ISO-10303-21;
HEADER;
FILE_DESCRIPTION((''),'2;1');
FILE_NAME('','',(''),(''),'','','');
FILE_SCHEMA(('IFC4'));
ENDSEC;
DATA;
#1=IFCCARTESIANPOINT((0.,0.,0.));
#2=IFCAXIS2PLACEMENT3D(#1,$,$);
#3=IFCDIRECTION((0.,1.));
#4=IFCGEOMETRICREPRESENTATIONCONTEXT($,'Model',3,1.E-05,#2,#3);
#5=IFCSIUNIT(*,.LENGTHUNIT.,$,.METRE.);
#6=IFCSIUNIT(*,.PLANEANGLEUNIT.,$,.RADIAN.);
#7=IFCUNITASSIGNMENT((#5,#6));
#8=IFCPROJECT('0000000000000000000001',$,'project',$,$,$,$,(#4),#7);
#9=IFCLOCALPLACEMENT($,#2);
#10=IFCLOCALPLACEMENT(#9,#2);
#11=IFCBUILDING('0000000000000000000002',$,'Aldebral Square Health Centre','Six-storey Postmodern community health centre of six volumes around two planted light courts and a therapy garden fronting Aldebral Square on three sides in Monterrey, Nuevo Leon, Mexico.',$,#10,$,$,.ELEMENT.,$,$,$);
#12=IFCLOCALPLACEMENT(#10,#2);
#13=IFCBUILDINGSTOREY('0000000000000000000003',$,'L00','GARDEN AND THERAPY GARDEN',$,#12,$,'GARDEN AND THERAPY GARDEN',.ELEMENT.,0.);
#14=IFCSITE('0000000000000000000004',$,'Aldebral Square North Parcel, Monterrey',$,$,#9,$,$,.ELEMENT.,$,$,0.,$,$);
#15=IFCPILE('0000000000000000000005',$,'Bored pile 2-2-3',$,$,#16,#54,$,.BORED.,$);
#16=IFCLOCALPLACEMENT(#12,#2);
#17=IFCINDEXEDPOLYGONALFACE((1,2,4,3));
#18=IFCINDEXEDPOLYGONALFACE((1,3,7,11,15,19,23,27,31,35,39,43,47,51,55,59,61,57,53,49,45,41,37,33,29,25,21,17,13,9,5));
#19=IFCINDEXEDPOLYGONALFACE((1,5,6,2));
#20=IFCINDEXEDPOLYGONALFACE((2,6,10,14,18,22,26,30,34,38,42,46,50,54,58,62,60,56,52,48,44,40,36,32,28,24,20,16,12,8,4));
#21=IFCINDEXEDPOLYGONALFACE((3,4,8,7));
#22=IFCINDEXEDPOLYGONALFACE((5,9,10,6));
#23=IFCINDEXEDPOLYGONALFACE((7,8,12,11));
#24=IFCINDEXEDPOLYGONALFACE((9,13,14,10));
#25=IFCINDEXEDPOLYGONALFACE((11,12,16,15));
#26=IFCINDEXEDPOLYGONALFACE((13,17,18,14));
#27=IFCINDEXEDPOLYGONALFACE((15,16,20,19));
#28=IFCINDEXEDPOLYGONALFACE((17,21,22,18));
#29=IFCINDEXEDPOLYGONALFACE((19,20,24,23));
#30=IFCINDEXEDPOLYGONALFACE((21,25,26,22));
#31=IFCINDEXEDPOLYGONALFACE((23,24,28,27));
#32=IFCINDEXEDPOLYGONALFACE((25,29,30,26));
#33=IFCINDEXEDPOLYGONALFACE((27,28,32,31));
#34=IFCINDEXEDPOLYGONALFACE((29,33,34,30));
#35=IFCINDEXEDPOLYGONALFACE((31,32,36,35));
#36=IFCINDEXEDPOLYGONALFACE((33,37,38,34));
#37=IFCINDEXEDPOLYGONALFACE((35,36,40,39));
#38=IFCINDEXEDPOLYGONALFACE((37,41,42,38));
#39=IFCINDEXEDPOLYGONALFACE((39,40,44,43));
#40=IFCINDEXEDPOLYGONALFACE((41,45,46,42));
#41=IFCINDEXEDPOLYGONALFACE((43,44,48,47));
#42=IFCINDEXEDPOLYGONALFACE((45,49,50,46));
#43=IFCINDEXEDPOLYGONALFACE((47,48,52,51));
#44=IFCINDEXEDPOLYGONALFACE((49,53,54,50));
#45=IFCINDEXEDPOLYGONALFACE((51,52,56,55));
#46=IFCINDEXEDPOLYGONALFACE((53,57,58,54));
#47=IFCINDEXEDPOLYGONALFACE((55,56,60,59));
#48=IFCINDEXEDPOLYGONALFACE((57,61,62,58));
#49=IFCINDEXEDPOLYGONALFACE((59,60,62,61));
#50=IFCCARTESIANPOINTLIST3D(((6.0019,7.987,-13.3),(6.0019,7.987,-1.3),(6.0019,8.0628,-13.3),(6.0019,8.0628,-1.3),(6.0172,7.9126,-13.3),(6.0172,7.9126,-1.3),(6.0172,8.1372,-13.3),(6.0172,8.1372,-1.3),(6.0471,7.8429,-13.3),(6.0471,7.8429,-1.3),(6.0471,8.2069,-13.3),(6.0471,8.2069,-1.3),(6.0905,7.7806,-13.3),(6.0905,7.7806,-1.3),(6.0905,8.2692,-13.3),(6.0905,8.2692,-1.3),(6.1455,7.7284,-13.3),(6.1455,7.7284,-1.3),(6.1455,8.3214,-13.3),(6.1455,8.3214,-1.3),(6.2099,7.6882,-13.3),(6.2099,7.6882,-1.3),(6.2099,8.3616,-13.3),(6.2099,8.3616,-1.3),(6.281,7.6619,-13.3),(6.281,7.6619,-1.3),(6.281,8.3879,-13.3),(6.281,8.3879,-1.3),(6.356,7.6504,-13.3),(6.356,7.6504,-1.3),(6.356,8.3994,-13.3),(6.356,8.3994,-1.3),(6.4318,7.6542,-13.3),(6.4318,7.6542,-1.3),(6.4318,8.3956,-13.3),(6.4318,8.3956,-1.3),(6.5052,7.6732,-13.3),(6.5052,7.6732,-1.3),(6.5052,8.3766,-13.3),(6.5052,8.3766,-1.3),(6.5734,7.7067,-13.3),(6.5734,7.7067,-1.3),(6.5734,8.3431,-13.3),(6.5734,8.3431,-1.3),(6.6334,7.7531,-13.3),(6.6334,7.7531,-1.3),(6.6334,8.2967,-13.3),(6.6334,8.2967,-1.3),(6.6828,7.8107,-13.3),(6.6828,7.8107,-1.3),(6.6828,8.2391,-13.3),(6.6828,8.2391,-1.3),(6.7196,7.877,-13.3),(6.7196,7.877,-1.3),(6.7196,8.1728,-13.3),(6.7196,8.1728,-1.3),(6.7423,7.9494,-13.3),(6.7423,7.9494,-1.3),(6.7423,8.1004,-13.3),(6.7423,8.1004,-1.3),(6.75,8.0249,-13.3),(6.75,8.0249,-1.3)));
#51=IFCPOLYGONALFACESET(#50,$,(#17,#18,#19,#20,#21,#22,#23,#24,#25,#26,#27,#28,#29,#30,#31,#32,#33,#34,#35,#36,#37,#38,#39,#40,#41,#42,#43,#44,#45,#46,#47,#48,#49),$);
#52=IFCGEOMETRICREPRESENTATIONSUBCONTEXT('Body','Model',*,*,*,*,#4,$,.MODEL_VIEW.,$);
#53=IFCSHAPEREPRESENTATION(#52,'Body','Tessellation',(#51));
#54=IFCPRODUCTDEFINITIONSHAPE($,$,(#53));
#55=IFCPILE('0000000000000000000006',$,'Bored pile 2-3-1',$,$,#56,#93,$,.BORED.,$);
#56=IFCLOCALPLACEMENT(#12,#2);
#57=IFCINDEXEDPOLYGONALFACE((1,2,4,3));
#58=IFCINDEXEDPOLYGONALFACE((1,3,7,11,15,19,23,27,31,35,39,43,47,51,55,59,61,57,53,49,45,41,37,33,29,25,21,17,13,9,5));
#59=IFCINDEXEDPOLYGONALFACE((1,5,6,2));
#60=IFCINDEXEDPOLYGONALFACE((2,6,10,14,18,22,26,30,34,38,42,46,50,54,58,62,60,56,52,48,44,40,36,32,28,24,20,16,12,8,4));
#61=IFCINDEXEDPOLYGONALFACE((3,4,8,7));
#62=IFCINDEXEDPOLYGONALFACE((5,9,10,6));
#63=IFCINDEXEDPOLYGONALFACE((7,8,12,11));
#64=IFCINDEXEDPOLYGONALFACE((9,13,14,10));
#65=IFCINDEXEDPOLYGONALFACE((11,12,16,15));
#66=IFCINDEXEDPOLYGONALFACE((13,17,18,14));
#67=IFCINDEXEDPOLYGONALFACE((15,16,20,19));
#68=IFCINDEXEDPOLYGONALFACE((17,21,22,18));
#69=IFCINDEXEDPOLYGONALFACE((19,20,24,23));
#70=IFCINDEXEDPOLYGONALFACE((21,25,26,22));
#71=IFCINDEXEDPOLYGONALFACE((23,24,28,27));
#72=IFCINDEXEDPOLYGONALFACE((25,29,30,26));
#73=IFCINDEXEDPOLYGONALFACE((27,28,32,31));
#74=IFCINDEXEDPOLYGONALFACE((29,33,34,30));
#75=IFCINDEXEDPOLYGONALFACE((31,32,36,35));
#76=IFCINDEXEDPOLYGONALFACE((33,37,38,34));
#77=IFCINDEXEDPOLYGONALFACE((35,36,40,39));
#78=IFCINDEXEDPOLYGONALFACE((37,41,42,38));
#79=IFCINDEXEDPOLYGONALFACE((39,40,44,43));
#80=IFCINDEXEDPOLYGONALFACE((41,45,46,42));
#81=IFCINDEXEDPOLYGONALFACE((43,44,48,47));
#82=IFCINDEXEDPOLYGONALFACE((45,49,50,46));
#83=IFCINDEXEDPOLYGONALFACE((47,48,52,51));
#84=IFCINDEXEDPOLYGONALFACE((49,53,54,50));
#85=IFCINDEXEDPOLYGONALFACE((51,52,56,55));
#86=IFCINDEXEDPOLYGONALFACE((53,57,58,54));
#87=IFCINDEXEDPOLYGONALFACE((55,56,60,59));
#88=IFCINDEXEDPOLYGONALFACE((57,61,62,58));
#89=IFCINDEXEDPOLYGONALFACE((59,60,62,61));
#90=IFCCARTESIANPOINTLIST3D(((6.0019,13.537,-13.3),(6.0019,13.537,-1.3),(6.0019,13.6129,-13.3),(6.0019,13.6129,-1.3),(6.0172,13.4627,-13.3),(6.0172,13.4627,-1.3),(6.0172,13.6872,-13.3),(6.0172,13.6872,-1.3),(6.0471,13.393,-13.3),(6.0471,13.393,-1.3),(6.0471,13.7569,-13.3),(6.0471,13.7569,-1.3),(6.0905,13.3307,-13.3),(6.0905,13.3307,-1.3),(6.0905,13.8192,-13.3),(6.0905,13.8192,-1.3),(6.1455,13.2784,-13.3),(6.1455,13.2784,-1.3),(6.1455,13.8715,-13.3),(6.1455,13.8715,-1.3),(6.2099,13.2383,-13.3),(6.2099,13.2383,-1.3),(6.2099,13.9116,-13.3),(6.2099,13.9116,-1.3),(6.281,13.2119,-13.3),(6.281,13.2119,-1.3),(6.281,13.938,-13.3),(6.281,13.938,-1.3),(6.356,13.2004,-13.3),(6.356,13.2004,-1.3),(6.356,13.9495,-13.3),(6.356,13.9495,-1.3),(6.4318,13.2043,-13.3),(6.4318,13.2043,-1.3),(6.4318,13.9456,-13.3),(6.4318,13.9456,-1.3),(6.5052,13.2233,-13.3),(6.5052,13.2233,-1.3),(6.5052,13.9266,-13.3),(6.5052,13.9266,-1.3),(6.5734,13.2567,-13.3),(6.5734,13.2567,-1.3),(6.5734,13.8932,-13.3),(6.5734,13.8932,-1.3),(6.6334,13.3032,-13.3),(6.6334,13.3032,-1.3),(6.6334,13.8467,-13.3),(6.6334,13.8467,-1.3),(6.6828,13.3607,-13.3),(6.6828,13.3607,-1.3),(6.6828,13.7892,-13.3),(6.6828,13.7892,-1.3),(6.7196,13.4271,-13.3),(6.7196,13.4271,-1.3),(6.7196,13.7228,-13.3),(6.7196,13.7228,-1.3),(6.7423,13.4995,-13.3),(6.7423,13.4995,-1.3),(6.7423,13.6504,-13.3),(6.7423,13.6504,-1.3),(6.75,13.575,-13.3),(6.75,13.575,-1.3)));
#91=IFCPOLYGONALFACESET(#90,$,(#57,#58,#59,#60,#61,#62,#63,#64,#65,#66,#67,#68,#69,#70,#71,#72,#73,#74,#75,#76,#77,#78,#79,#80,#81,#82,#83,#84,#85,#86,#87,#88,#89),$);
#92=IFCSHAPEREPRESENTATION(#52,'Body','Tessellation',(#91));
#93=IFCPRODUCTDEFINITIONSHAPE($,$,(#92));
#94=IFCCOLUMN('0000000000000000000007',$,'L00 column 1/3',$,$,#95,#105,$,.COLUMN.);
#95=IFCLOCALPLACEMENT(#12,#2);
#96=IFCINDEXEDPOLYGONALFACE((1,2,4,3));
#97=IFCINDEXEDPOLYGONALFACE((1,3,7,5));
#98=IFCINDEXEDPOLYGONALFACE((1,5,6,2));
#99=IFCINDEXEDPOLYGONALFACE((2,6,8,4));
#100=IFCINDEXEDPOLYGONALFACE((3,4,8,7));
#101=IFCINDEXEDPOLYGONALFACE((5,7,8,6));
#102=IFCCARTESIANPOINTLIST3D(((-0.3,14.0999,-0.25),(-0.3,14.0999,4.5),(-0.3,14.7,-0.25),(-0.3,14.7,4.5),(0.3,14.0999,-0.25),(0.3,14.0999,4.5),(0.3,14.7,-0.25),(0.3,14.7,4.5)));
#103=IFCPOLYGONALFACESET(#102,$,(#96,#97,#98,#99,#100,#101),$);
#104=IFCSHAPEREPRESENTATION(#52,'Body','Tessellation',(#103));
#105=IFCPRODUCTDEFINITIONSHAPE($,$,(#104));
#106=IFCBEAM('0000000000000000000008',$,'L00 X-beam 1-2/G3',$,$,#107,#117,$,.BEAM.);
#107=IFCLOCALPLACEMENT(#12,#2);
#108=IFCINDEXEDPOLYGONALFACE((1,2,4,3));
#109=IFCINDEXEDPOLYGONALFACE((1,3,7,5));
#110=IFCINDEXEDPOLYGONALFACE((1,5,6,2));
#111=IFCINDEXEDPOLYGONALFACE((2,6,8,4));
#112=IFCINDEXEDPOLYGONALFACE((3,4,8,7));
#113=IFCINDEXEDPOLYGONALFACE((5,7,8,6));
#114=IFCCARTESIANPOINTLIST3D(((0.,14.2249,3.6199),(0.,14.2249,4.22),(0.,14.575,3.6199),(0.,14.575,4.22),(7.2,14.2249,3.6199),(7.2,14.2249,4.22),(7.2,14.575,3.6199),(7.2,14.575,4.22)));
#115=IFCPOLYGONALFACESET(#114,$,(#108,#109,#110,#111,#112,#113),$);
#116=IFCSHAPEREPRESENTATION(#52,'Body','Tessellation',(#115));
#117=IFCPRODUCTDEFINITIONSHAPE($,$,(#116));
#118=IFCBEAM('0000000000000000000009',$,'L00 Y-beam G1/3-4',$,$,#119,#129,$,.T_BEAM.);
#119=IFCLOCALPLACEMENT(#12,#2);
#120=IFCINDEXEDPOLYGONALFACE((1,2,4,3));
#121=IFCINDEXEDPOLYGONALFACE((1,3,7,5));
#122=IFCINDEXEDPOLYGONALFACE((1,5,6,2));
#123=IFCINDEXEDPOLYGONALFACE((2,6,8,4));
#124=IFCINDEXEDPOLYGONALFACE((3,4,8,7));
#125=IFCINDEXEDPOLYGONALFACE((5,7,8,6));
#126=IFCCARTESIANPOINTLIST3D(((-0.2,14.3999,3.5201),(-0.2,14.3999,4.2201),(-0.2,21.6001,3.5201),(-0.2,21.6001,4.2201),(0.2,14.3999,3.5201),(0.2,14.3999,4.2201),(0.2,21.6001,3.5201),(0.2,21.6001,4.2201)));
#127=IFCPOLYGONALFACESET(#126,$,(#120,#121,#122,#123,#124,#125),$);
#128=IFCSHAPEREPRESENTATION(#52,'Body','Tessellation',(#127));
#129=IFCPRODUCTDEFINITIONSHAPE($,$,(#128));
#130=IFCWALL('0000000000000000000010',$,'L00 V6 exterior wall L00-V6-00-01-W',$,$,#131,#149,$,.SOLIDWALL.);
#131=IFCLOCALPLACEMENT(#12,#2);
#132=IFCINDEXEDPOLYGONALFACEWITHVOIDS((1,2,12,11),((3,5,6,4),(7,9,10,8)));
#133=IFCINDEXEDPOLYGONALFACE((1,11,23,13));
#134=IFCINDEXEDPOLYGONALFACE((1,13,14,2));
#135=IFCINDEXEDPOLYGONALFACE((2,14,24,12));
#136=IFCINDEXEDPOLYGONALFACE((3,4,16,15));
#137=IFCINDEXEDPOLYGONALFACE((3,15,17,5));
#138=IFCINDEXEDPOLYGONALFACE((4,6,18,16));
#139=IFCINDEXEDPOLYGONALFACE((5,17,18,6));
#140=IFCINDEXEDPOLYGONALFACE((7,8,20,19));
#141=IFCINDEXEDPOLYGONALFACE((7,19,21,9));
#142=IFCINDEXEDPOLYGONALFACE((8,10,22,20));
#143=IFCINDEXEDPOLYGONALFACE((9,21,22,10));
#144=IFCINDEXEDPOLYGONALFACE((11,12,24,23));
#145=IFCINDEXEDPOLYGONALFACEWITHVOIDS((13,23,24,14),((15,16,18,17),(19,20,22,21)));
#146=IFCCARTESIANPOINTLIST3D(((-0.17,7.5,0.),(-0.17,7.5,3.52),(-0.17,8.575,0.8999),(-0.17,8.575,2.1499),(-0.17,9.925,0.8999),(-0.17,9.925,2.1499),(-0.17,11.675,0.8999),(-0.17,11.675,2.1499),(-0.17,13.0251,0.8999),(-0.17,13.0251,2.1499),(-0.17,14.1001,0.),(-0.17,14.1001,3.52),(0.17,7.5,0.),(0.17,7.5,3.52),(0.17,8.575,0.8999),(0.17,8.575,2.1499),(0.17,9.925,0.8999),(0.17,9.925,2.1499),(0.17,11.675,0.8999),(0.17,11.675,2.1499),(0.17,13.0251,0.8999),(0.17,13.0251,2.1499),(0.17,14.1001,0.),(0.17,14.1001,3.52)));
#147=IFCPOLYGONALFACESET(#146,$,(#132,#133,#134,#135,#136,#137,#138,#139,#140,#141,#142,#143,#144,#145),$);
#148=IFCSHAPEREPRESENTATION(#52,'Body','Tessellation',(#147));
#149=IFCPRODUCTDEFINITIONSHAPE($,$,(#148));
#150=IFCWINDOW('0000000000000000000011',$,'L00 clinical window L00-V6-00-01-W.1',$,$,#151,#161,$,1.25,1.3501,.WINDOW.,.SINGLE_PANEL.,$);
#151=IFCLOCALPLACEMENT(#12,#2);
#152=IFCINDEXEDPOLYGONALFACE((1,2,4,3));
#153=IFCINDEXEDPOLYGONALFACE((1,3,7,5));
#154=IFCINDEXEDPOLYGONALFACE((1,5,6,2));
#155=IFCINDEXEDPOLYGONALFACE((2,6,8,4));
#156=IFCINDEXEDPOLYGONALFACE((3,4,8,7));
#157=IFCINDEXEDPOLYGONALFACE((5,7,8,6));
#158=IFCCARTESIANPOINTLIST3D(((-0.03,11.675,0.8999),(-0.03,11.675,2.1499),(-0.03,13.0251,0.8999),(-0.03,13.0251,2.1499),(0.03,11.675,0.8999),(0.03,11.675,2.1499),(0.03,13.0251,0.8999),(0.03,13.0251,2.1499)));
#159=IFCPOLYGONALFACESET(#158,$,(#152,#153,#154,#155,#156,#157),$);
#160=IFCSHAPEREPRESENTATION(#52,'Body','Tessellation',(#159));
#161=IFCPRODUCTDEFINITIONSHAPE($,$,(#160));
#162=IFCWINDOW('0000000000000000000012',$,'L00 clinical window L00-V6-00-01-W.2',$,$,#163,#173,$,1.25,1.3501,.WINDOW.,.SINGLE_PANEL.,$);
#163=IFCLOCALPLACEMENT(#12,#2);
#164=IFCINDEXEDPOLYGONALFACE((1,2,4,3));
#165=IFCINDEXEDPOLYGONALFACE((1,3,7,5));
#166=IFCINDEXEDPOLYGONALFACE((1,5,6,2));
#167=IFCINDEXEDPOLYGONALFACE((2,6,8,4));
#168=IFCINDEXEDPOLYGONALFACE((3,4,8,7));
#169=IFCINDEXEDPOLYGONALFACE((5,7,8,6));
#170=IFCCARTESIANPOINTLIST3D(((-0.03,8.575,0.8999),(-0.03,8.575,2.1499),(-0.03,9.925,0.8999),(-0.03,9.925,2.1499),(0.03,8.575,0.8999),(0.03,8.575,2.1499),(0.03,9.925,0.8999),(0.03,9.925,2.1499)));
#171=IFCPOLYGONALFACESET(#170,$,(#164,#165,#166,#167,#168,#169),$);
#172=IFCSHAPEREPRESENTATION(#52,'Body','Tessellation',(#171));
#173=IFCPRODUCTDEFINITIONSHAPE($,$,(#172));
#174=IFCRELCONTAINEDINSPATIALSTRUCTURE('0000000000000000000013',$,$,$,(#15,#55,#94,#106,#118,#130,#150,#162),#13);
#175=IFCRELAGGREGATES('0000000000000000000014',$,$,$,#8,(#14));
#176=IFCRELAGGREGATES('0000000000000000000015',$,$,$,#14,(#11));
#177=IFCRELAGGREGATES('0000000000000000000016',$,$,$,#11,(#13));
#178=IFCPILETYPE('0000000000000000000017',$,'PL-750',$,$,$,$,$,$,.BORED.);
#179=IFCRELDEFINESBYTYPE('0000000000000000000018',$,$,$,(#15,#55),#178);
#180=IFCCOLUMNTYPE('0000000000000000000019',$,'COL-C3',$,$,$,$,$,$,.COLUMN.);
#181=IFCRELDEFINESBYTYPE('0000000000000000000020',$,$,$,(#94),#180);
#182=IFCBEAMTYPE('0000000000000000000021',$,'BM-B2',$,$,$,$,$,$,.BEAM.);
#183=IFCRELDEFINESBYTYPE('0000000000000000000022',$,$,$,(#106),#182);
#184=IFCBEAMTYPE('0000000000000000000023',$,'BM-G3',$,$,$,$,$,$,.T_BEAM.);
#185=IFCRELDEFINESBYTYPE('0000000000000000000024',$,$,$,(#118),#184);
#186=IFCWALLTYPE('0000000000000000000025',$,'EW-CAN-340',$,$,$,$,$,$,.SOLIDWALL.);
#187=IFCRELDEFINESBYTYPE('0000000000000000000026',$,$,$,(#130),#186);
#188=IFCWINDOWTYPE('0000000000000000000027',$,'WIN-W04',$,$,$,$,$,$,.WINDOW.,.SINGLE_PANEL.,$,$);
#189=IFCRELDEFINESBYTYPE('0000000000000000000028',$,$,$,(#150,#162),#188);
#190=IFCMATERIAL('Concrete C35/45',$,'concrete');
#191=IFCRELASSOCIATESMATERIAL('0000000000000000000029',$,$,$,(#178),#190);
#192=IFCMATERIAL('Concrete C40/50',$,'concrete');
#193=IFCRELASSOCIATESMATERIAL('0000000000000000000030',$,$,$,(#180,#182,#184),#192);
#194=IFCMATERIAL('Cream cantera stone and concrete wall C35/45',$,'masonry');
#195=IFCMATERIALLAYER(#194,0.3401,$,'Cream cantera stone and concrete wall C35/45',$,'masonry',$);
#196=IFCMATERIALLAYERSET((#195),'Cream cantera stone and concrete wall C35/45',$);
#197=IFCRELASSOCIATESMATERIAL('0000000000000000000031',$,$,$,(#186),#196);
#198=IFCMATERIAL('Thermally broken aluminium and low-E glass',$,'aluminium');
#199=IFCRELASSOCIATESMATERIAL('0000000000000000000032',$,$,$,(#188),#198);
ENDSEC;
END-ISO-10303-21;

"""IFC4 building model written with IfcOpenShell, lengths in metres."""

from ifc_helpers import new_model, si_unit, direction, frame, frame_2d, origin, origin_2d, place, context, subcontext, project, spatial, rectangle, circle, extrude, material, layer, layer_set, material_profile, profile_set, type_object, element, fill, save


model = new_model("IFC4")

# Units and contexts
model_context = context("Model", 3, precision=1e-05, world=origin(), true_north=direction((0.0, 1.0)))
body_context = subcontext(model_context, "Body", "Model", "MODEL_VIEW")
ifc_project = project(units=[si_unit("LENGTHUNIT", "METRE"), si_unit("PLANEANGLEUNIT", "RADIAN")], contexts=[model_context])

# Site, building, storey
site_placement = place(None, origin())
site = spatial("IfcSite", under=ifc_project, at=site_placement, Name="Aldebral Square North Parcel, Monterrey", CompositionType="ELEMENT", RefElevation=0.0)
building_placement = place(site_placement, origin())
building = spatial("IfcBuilding", under=site, at=building_placement, Name="Aldebral Square Health Centre", Description="Six-storey Postmodern community health centre of six volumes around two planted light courts and a therapy garden fronting Aldebral Square on three sides in Monterrey, Nuevo Leon, Mexico.", CompositionType="ELEMENT")
storey_placement = place(building_placement, origin())
storey = spatial("IfcBuildingStorey", under=building, at=storey_placement, Name="L00", Description="GARDEN AND THERAPY GARDEN", LongName="GARDEN AND THERAPY GARDEN", CompositionType="ELEMENT", Elevation=0.0)

# Shared definitions
ifc_material_1 = material(Name="Concrete C35/45", Category="concrete")

# Piles
ifc_material_profile_1 = material_profile(ifc_material_1, circle(Radius=0.375, at=origin_2d()), Name="PILE D750")
ifc_profile_set_1 = profile_set([ifc_material_profile_1], Name="Concrete C35/45")
pile_type = type_object("IfcPileType", Name="PL-750", PredefinedType="BORED", material=ifc_profile_set_1)
for number, where, z_axis, x_axis, name in (
    (1, (6.375, 8.0249, -1.3), (0.0, 0.0, -1.0), (1.0, 0.0, 0.0), "Bored pile 2-2-3"),
    (2, (6.375, 13.575, -1.3), (0.0, 0.0, -1.0), (1.0, 0.0, 0.0), "Bored pile 2-3-1"),
):
    element("IfcPile", number, at=place(storey_placement, frame(where, z_axis=z_axis, x_axis=x_axis)), inside=storey, type_object=pile_type, Name=name, PredefinedType="BORED", context=body_context, shape_type="SweptSolid", body=[
        extrude(circle(Radius=0.375, at=origin_2d()), origin(), (0.0, 0.0, 1.0), 12.0),
    ])

# Column
ifc_material_2 = material(Name="Concrete C40/50", Category="concrete")
ifc_material_profile_2 = material_profile(ifc_material_2, rectangle(XDim=0.6001, YDim=0.6001, at=origin_2d()), Name="RC 600x600")
ifc_profile_set_2 = profile_set([ifc_material_profile_2], Name="Concrete C40/50")
column_type = type_object("IfcColumnType", Name="COL-C3", PredefinedType="COLUMN", material=ifc_profile_set_2)
column_placement = place(storey_placement, frame((0.0, 14.3999, -0.25), z_axis=(0.0, 0.0, 1.0), x_axis=(1.0, 0.0, 0.0)))
element("IfcColumn", 3, at=column_placement, inside=storey, type_object=column_type, Name="L00 column 1/3", PredefinedType="COLUMN", context=body_context, shape_type="SweptSolid", body=[
    extrude(rectangle(XDim=0.6001, YDim=0.6001, at=origin_2d()), origin(), (0.0, 0.0, 1.0), 4.75),
])

# Beams
ifc_material_profile_3 = material_profile(ifc_material_2, rectangle(XDim=0.3501, YDim=0.6001, at=origin_2d()), Name="RC 350x600")
ifc_profile_set_3 = profile_set([ifc_material_profile_3], Name="Concrete C40/50")
beam_type_1 = type_object("IfcBeamType", Name="BM-B2", PredefinedType="BEAM", material=ifc_profile_set_3)
beam_1_placement = place(storey_placement, frame((0.0, 14.3999, 3.9199), z_axis=(1.0, 0.0, 0.0), x_axis=(0.0, 1.0, 0.0)))
element("IfcBeam", 4, at=beam_1_placement, inside=storey, type_object=beam_type_1, Name="L00 X-beam 1-2/G3", PredefinedType="BEAM", context=body_context, shape_type="SweptSolid", body=[
    extrude(rectangle(XDim=0.3501, YDim=0.6001, at=origin_2d()), origin(), (0.0, 0.0, 1.0), 7.2),
])
ifc_material_profile_4 = material_profile(ifc_material_2, rectangle(XDim=0.3999, YDim=0.7, at=origin_2d()), Name="RC 400x700")
ifc_profile_set_4 = profile_set([ifc_material_profile_4], Name="Concrete C40/50")
beam_type_2 = type_object("IfcBeamType", Name="BM-G3", PredefinedType="T_BEAM", material=ifc_profile_set_4)
beam_2_placement = place(storey_placement, frame((0.0, 14.3999, 3.8701), z_axis=(0.0, 1.0, 0.0), x_axis=(-1.0, 0.0, 0.0)))
element("IfcBeam", 5, at=beam_2_placement, inside=storey, type_object=beam_type_2, Name="L00 Y-beam G1/3-4", PredefinedType="T_BEAM", context=body_context, shape_type="SweptSolid", body=[
    extrude(rectangle(XDim=0.3999, YDim=0.7, at=origin_2d()), origin(), (0.0, 0.0, 1.0), 7.2002),
])

# Wall, openings, windows
ifc_material_3 = material(Name="Cream cantera stone and concrete wall C35/45", Category="masonry")
ifc_layer_1 = layer(ifc_material_3, 0.3401, Name="Cream cantera stone and concrete wall C35/45", Category="masonry")
ifc_layer_set_1 = layer_set([ifc_layer_1], Name="Cream cantera stone and concrete wall C35/45")
wall_type_1 = type_object("IfcWallType", Name="EW-CAN-340", PredefinedType="SOLIDWALL", material=ifc_layer_set_1)
wall_1_placement = place(storey_placement, frame((0.0, 14.1001, 0.0), z_axis=(0.0, 0.0, 1.0), x_axis=(0.0, -1.0, 0.0)))
wall_1 = element("IfcWall", 6, at=wall_1_placement, inside=storey, type_object=wall_type_1, Name="L00 V6 exterior wall L00-V6-00-01-W", PredefinedType="SOLIDWALL", context=body_context, shape_type="SweptSolid", body=[
    extrude(rectangle(XDim=6.6001, YDim=0.3401, at=frame_2d((3.3, 0.0))), origin(), (0.0, 0.0, 1.0), 3.52),
])
opening_1_placement = place(wall_1_placement, frame((1.075, 0.0, 0.8999)))
opening_1 = element("IfcOpeningElement", 7, at=opening_1_placement, cuts=wall_1, PredefinedType="OPENING", context=body_context, shape_type="SweptSolid", body=[
    extrude(rectangle(XDim=1.3501, YDim=1.25, at=frame_2d((0.675, 0.625))), frame((0.0, 0.1802, 0.0), z_axis=(0.0, -1.0, 0.0), x_axis=(1.0, 0.0, 0.0)), (0.0, 0.0, 1.0), 0.3601),
])
opening_2_placement = place(wall_1_placement, frame((4.175, 0.0, 0.8999)))
opening_2 = element("IfcOpeningElement", 8, at=opening_2_placement, cuts=wall_1, PredefinedType="OPENING", context=body_context, shape_type="SweptSolid", body=[
    extrude(rectangle(XDim=1.3501, YDim=1.25, at=frame_2d((0.675, 0.625))), frame((0.0, 0.1802, 0.0), z_axis=(0.0, -1.0, 0.0), x_axis=(1.0, 0.0, 0.0)), (0.0, 0.0, 1.0), 0.3601),
])
ifc_material_4 = material(Name="Thermally broken aluminium and low-E glass", Category="aluminium")
window_type_1 = type_object("IfcWindowType", Name="WIN-W04", PartitioningType="SINGLE_PANEL", PredefinedType="WINDOW", material=ifc_material_4)
window_1_placement = place(opening_1_placement, origin())
window_1 = element("IfcWindow", 9, at=window_1_placement, inside=storey, type_object=window_type_1, Name="L00 clinical window L00-V6-00-01-W.1", OverallHeight=1.25, OverallWidth=1.3501, PartitioningType="SINGLE_PANEL", PredefinedType="WINDOW", context=body_context, shape_type="SweptSolid", body=[
    extrude(rectangle(XDim=1.3501, YDim=1.25, at=frame_2d((0.675, 0.625))), frame((0.0, 0.03, 0.0), z_axis=(0.0, -1.0, 0.0), x_axis=(1.0, 0.0, 0.0)), (0.0, 0.0, 1.0), 0.0601),
])
fill(opening_1, window_1)
window_2_placement = place(opening_2_placement, origin())
window_2 = element("IfcWindow", 10, at=window_2_placement, inside=storey, type_object=window_type_1, Name="L00 clinical window L00-V6-00-01-W.2", OverallHeight=1.25, OverallWidth=1.3501, PartitioningType="SINGLE_PANEL", PredefinedType="WINDOW", context=body_context, shape_type="SweptSolid", body=[
    extrude(rectangle(XDim=1.3501, YDim=1.25, at=frame_2d((0.675, 0.625))), frame((0.0, 0.03, 0.0), z_axis=(0.0, -1.0, 0.0), x_axis=(1.0, 0.0, 0.0)), (0.0, 0.0, 1.0), 0.0601),
])
fill(opening_2, window_2)

save(model, "model.ifc")
